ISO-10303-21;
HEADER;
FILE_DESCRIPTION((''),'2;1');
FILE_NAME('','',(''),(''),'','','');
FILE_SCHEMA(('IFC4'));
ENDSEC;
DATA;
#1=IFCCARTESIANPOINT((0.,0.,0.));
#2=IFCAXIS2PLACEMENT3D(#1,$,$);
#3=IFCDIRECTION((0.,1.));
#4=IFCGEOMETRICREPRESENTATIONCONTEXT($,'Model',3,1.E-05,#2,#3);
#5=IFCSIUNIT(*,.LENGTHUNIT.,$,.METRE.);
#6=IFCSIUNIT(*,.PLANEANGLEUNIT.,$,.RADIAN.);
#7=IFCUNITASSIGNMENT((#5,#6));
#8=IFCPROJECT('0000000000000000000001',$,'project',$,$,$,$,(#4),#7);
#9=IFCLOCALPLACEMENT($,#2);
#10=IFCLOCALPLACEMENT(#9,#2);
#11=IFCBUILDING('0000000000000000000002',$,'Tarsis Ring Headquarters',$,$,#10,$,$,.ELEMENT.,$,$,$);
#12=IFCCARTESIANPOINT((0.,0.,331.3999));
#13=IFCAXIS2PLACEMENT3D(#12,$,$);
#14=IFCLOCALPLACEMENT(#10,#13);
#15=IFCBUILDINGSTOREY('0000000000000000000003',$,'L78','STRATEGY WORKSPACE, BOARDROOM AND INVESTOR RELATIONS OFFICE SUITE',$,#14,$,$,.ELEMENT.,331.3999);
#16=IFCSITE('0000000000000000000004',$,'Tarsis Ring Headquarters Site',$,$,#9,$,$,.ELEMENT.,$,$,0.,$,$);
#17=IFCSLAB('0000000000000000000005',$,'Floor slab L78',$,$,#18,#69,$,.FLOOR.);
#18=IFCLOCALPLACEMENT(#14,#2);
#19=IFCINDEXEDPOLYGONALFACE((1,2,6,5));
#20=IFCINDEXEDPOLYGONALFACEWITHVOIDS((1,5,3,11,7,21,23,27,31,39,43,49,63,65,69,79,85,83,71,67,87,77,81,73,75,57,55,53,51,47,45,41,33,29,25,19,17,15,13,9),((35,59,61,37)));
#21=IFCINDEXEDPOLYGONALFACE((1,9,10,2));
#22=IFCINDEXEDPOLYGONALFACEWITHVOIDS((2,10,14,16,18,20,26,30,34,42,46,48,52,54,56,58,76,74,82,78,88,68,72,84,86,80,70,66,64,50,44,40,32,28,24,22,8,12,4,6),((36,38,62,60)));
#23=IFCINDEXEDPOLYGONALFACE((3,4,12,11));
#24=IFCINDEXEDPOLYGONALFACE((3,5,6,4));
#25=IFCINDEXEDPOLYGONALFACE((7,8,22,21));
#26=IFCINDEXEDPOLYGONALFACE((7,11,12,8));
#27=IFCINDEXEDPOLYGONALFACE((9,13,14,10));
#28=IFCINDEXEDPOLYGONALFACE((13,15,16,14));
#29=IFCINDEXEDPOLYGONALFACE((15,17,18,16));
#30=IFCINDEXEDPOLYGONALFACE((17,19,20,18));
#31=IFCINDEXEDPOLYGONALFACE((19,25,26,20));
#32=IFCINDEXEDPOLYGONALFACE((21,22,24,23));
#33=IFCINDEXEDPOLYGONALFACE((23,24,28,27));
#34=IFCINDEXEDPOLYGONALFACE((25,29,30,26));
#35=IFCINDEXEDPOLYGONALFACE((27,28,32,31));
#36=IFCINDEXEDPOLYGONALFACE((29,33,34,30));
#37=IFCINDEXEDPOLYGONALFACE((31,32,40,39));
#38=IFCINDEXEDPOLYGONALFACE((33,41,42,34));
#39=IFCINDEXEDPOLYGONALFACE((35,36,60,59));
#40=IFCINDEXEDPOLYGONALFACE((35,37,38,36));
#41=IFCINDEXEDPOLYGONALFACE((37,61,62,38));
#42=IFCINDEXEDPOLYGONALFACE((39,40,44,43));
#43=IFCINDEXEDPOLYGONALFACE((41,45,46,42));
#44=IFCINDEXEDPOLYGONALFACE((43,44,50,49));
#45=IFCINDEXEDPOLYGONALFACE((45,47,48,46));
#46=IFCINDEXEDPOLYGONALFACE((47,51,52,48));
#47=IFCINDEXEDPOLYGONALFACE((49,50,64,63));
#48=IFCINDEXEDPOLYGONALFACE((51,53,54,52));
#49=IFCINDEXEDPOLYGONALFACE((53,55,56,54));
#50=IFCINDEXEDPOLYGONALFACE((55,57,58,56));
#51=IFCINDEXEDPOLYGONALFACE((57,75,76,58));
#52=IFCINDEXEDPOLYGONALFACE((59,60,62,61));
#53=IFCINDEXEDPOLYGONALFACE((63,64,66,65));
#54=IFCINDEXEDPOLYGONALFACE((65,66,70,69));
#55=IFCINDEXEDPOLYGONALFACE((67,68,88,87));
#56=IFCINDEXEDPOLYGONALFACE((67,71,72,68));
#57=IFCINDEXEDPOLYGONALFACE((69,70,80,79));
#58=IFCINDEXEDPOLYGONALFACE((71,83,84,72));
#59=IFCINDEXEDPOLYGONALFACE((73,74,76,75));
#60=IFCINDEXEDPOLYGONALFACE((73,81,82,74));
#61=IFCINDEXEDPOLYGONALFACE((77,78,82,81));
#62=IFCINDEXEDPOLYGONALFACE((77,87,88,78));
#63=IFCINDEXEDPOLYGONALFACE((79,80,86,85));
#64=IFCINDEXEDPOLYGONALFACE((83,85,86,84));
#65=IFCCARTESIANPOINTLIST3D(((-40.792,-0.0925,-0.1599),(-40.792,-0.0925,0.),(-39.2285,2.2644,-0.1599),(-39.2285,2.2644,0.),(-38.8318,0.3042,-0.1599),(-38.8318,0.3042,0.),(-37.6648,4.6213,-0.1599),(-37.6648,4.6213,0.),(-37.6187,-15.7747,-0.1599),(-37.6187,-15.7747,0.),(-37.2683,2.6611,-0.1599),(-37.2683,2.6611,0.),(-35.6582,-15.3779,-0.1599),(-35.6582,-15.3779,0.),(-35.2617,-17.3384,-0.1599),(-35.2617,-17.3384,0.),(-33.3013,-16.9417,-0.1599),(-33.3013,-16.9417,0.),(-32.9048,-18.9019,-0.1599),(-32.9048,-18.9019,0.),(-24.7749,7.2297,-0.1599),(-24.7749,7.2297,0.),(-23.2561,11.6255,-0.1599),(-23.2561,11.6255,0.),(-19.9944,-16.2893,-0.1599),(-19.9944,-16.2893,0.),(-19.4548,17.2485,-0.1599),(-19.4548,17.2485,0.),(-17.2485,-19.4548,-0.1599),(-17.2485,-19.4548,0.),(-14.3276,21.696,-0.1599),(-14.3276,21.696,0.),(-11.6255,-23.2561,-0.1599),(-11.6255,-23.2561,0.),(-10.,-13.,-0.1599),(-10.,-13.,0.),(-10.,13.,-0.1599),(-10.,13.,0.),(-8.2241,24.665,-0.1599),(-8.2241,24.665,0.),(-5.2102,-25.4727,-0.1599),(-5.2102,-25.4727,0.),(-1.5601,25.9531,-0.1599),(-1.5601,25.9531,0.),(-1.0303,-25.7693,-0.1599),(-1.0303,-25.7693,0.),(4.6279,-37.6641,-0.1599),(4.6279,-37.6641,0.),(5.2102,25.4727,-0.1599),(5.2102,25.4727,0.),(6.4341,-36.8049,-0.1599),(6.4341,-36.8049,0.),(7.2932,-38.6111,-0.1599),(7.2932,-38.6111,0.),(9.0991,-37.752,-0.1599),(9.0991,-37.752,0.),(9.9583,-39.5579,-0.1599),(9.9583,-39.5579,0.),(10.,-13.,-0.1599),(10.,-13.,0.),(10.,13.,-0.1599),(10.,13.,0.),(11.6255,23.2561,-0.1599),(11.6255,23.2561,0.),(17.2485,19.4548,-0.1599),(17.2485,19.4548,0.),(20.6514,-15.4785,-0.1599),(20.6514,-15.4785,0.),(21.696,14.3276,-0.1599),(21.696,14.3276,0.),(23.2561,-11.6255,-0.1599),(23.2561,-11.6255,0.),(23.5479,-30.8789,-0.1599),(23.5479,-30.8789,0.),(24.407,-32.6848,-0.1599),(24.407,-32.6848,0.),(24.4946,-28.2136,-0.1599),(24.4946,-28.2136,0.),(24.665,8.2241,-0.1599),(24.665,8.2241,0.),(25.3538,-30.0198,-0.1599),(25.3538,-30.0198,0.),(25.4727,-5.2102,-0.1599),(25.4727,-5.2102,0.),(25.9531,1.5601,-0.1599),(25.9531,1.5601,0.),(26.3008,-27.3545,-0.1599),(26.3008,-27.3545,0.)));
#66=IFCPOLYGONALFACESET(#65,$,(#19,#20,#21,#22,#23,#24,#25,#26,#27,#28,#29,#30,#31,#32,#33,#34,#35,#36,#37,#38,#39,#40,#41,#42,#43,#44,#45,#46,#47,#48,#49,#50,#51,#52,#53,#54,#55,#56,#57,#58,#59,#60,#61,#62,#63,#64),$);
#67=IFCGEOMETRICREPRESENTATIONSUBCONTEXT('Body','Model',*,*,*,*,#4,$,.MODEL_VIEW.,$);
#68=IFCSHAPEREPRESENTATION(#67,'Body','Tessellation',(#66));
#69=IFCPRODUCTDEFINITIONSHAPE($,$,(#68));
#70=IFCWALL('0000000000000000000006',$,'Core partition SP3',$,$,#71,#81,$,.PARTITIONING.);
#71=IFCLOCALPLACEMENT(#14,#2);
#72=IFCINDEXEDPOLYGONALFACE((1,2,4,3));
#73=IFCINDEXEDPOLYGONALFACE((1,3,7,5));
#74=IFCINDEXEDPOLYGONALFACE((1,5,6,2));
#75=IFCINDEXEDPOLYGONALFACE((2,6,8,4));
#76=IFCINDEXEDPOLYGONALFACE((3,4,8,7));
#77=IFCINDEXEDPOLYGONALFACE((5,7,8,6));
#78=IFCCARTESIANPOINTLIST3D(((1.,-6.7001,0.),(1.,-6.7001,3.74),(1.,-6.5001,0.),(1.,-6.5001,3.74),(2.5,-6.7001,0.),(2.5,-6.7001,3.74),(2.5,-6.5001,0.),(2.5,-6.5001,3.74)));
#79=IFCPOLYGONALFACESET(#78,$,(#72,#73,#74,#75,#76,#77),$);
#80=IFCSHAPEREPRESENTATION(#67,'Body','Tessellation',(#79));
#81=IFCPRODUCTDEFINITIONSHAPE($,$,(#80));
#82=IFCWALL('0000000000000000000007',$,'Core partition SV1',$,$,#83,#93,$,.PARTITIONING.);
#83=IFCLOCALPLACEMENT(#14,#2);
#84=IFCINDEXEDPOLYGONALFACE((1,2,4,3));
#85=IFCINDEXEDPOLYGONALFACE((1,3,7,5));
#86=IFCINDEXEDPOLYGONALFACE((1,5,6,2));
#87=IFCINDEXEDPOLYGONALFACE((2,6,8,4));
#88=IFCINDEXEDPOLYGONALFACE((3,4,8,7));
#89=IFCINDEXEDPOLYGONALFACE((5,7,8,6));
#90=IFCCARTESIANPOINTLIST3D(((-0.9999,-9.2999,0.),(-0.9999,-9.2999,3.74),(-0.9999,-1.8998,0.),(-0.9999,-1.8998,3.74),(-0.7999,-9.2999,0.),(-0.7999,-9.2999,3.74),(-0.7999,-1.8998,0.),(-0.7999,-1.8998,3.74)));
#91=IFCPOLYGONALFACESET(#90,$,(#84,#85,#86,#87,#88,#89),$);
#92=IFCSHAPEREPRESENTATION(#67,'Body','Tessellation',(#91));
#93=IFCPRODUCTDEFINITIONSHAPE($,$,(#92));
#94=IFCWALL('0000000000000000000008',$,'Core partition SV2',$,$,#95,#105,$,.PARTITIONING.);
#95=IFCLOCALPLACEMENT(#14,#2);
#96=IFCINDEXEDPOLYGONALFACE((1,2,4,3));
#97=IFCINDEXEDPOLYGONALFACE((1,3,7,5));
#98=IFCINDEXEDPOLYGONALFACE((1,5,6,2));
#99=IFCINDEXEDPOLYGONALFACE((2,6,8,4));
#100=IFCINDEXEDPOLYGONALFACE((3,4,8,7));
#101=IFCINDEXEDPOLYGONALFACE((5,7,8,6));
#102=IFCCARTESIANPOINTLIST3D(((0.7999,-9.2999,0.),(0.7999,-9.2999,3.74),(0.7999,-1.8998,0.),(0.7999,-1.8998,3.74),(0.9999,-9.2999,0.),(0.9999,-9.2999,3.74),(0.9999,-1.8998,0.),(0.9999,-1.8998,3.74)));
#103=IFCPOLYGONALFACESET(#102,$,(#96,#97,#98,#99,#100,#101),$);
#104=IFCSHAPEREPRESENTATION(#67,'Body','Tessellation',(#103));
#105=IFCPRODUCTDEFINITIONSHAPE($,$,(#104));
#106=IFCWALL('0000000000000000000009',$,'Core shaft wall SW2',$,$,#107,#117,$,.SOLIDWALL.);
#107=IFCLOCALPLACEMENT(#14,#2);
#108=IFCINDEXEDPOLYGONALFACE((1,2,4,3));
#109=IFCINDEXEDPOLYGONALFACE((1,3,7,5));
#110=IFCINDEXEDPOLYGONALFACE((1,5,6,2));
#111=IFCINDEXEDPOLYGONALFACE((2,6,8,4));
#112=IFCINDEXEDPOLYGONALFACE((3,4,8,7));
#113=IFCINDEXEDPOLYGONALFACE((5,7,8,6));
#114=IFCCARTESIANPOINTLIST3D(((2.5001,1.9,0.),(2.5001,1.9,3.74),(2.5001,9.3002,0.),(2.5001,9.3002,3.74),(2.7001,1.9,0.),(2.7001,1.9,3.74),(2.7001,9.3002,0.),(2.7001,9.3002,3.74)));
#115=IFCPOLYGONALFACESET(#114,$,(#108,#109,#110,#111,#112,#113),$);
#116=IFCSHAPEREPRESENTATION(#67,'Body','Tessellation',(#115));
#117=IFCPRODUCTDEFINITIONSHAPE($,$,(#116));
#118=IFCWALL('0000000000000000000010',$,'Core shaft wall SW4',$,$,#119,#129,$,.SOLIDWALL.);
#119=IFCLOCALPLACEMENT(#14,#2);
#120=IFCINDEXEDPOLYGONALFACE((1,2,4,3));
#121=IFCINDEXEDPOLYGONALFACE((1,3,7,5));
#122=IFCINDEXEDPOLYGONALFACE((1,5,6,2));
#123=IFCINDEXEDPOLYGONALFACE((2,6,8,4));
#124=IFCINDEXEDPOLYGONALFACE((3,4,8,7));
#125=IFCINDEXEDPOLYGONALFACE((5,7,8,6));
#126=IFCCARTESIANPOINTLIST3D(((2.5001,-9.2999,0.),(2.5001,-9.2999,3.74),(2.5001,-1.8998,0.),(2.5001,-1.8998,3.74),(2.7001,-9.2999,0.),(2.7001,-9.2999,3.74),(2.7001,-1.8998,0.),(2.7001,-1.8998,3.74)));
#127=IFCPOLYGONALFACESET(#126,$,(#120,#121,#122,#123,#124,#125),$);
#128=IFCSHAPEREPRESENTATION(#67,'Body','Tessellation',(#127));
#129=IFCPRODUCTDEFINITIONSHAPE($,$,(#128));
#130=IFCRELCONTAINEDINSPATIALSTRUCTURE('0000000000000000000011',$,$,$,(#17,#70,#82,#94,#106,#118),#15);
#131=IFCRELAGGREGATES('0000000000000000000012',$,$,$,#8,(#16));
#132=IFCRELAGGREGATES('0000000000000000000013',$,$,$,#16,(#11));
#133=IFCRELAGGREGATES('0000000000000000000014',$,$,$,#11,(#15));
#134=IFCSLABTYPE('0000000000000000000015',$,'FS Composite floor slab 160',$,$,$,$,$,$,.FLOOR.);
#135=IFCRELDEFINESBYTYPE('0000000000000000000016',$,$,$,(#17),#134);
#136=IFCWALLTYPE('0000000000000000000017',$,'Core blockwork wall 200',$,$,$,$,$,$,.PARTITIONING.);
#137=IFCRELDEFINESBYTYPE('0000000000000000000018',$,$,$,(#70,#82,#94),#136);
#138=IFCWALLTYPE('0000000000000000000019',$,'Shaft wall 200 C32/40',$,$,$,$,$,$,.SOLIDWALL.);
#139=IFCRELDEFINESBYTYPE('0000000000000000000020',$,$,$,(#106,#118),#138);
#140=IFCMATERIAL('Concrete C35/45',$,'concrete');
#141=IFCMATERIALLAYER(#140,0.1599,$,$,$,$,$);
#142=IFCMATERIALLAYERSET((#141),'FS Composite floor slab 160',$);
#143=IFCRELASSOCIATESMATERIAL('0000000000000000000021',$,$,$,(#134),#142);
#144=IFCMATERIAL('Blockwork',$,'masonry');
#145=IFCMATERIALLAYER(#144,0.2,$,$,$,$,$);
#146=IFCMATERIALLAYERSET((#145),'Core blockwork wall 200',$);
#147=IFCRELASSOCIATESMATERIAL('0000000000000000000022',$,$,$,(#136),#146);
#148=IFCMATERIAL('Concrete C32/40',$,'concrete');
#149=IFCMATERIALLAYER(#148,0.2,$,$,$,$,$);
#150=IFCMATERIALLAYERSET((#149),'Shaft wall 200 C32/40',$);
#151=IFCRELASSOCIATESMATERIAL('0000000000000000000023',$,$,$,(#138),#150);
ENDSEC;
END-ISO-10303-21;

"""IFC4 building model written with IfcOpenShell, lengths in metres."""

from ifc_helpers import new_model, si_unit, direction, frame, frame_2d, origin, place, context, subcontext, project, spatial, polyline, rectangle, outline, extrude, material, layer, layer_set, type_object, element, save


model = new_model("IFC4")

# Units and contexts
model_context = context("Model", 3, precision=1e-05, world=origin(), true_north=direction((0.0, 1.0)))
body_context = subcontext(model_context, "Body", "Model", "MODEL_VIEW")
ifc_project = project(units=[si_unit("LENGTHUNIT", "METRE"), si_unit("PLANEANGLEUNIT", "RADIAN")], contexts=[model_context])

# Site, building, storey
site_placement = place(None, origin())
site = spatial("IfcSite", under=ifc_project, at=site_placement, Name="Tarsis Ring Headquarters Site", CompositionType="ELEMENT", RefElevation=0.0)
building_placement = place(site_placement, origin())
building = spatial("IfcBuilding", under=site, at=building_placement, Name="Tarsis Ring Headquarters", CompositionType="ELEMENT")
storey_placement = place(building_placement, frame((0.0, 0.0, 331.3999)))
storey = spatial("IfcBuildingStorey", under=building, at=storey_placement, Name="L78", Description="STRATEGY WORKSPACE, BOARDROOM AND INVESTOR RELATIONS OFFICE SUITE", CompositionType="ELEMENT", Elevation=331.3999)

# Slab
ifc_material_1 = material(Name="Concrete C35/45", Category="concrete")
ifc_layer_1 = layer(ifc_material_1, 0.1599)
ifc_layer_set_1 = layer_set([ifc_layer_1], Name="FS Composite floor slab 160")
slab_type_1 = type_object("IfcSlabType", Name="FS Composite floor slab 160", PredefinedType="FLOOR", material=ifc_layer_set_1)
slab_1_placement = place(storey_placement, frame((0.0, 0.0, -0.1599)))
element("IfcSlab", 1, at=slab_1_placement, inside=storey, type_object=slab_type_1, Name="Floor slab L78", PredefinedType="FLOOR", context=body_context, shape_type="SweptSolid", body=[
    extrude(outline(polyline([(-19.9944, -16.2893), (-17.2485, -19.4548), (-11.6255, -23.2561), (-5.2102, -25.4727), (-1.0303, -25.7693), (4.6279, -37.6641), (6.4341, -36.8049), (7.2932, -38.6111), (9.0991, -37.752), (9.9583, -39.5579), (24.407, -32.6848), (23.5479, -30.8789), (25.3538, -30.0198), (24.4946, -28.2136), (26.3008, -27.3545), (20.6514, -15.4785), (23.2561, -11.6255), (25.4727, -5.2102), (25.9531, 1.5601), (24.665, 8.2241), (21.696, 14.3276), (17.2485, 19.4548), (11.6255, 23.2561), (5.2102, 25.4727), (-1.5601, 25.9531), (-8.2241, 24.665), (-14.3276, 21.696), (-19.4548, 17.2485), (-23.2561, 11.6255), (-24.7749, 7.2297), (-37.6648, 4.6213), (-37.2683, 2.6611), (-39.2285, 2.2644), (-38.8318, 0.3042), (-40.792, -0.0925), (-37.6187, -15.7747), (-35.6582, -15.3779), (-35.2617, -17.3384), (-33.3013, -16.9417), (-32.9048, -18.9019), (-19.9944, -16.2893)]), holes=[polyline([(-10.0, -13.0), (-10.0, 13.0), (10.0, 13.0), (10.0, -13.0), (-10.0, -13.0)])]), origin(), (0.0, 0.0, 1.0), 0.1599),
])

# Walls
ifc_material_2 = material(Name="Blockwork", Category="masonry")
ifc_layer_2 = layer(ifc_material_2, 0.2)
ifc_layer_set_2 = layer_set([ifc_layer_2], Name="Core blockwork wall 200")
wall_type_1 = type_object("IfcWallType", Name="Core blockwork wall 200", PredefinedType="PARTITIONING", material=ifc_layer_set_2)
wall_placement = place(storey_placement, frame((1.0, -6.6001, 0.0), z_axis=(0.0, 0.0, 1.0), x_axis=(1.0, 0.0, 0.0)))
element("IfcWall", 2, at=wall_placement, inside=storey, type_object=wall_type_1, Name="Core partition SP3", PredefinedType="PARTITIONING", context=body_context, shape_type="SweptSolid", body=[
    extrude(rectangle(XDim=1.5, YDim=0.2, at=frame_2d((0.75, 0.0))), origin(), (0.0, 0.0, 1.0), 3.74),
])
for number, where, z_axis, x_axis, name in (
    (3, (-0.8999, -9.3, 0.0), (0.0, 0.0, 1.0), (0.0, 1.0, 0.0), "Core partition SV1"),
    (4, (0.8999, -9.3, 0.0), (0.0, 0.0, 1.0), (0.0, 1.0, 0.0), "Core partition SV2"),
):
    element("IfcWall", number, at=place(storey_placement, frame(where, z_axis=z_axis, x_axis=x_axis)), inside=storey, type_object=wall_type_1, Name=name, PredefinedType="PARTITIONING", context=body_context, shape_type="SweptSolid", body=[
        extrude(rectangle(XDim=7.4001, YDim=0.2, at=frame_2d((3.7002, 0.0))), origin(), (0.0, 0.0, 1.0), 3.74),
    ])
ifc_material_3 = material(Name="Concrete C32/40", Category="concrete")
ifc_layer_3 = layer(ifc_material_3, 0.2)
ifc_layer_set_3 = layer_set([ifc_layer_3], Name="Shaft wall 200 C32/40")
wall_type_2 = type_object("IfcWallType", Name="Shaft wall 200 C32/40", PredefinedType="SOLIDWALL", material=ifc_layer_set_3)
for number, where, z_axis, x_axis, name in (
    (5, (2.6001, 1.8999, 0.0), (0.0, 0.0, 1.0), (0.0, 1.0, 0.0), "Core shaft wall SW2"),
    (6, (2.6001, -9.3, 0.0), (0.0, 0.0, 1.0), (0.0, 1.0, 0.0), "Core shaft wall SW4"),
):
    element("IfcWall", number, at=place(storey_placement, frame(where, z_axis=z_axis, x_axis=x_axis)), inside=storey, type_object=wall_type_2, Name=name, PredefinedType="SOLIDWALL", context=body_context, shape_type="SweptSolid", body=[
        extrude(rectangle(XDim=7.4001, YDim=0.2, at=frame_2d((3.7002, 0.0))), origin(), (0.0, 0.0, 1.0), 3.74),
    ])

save(model, "model.ifc")
